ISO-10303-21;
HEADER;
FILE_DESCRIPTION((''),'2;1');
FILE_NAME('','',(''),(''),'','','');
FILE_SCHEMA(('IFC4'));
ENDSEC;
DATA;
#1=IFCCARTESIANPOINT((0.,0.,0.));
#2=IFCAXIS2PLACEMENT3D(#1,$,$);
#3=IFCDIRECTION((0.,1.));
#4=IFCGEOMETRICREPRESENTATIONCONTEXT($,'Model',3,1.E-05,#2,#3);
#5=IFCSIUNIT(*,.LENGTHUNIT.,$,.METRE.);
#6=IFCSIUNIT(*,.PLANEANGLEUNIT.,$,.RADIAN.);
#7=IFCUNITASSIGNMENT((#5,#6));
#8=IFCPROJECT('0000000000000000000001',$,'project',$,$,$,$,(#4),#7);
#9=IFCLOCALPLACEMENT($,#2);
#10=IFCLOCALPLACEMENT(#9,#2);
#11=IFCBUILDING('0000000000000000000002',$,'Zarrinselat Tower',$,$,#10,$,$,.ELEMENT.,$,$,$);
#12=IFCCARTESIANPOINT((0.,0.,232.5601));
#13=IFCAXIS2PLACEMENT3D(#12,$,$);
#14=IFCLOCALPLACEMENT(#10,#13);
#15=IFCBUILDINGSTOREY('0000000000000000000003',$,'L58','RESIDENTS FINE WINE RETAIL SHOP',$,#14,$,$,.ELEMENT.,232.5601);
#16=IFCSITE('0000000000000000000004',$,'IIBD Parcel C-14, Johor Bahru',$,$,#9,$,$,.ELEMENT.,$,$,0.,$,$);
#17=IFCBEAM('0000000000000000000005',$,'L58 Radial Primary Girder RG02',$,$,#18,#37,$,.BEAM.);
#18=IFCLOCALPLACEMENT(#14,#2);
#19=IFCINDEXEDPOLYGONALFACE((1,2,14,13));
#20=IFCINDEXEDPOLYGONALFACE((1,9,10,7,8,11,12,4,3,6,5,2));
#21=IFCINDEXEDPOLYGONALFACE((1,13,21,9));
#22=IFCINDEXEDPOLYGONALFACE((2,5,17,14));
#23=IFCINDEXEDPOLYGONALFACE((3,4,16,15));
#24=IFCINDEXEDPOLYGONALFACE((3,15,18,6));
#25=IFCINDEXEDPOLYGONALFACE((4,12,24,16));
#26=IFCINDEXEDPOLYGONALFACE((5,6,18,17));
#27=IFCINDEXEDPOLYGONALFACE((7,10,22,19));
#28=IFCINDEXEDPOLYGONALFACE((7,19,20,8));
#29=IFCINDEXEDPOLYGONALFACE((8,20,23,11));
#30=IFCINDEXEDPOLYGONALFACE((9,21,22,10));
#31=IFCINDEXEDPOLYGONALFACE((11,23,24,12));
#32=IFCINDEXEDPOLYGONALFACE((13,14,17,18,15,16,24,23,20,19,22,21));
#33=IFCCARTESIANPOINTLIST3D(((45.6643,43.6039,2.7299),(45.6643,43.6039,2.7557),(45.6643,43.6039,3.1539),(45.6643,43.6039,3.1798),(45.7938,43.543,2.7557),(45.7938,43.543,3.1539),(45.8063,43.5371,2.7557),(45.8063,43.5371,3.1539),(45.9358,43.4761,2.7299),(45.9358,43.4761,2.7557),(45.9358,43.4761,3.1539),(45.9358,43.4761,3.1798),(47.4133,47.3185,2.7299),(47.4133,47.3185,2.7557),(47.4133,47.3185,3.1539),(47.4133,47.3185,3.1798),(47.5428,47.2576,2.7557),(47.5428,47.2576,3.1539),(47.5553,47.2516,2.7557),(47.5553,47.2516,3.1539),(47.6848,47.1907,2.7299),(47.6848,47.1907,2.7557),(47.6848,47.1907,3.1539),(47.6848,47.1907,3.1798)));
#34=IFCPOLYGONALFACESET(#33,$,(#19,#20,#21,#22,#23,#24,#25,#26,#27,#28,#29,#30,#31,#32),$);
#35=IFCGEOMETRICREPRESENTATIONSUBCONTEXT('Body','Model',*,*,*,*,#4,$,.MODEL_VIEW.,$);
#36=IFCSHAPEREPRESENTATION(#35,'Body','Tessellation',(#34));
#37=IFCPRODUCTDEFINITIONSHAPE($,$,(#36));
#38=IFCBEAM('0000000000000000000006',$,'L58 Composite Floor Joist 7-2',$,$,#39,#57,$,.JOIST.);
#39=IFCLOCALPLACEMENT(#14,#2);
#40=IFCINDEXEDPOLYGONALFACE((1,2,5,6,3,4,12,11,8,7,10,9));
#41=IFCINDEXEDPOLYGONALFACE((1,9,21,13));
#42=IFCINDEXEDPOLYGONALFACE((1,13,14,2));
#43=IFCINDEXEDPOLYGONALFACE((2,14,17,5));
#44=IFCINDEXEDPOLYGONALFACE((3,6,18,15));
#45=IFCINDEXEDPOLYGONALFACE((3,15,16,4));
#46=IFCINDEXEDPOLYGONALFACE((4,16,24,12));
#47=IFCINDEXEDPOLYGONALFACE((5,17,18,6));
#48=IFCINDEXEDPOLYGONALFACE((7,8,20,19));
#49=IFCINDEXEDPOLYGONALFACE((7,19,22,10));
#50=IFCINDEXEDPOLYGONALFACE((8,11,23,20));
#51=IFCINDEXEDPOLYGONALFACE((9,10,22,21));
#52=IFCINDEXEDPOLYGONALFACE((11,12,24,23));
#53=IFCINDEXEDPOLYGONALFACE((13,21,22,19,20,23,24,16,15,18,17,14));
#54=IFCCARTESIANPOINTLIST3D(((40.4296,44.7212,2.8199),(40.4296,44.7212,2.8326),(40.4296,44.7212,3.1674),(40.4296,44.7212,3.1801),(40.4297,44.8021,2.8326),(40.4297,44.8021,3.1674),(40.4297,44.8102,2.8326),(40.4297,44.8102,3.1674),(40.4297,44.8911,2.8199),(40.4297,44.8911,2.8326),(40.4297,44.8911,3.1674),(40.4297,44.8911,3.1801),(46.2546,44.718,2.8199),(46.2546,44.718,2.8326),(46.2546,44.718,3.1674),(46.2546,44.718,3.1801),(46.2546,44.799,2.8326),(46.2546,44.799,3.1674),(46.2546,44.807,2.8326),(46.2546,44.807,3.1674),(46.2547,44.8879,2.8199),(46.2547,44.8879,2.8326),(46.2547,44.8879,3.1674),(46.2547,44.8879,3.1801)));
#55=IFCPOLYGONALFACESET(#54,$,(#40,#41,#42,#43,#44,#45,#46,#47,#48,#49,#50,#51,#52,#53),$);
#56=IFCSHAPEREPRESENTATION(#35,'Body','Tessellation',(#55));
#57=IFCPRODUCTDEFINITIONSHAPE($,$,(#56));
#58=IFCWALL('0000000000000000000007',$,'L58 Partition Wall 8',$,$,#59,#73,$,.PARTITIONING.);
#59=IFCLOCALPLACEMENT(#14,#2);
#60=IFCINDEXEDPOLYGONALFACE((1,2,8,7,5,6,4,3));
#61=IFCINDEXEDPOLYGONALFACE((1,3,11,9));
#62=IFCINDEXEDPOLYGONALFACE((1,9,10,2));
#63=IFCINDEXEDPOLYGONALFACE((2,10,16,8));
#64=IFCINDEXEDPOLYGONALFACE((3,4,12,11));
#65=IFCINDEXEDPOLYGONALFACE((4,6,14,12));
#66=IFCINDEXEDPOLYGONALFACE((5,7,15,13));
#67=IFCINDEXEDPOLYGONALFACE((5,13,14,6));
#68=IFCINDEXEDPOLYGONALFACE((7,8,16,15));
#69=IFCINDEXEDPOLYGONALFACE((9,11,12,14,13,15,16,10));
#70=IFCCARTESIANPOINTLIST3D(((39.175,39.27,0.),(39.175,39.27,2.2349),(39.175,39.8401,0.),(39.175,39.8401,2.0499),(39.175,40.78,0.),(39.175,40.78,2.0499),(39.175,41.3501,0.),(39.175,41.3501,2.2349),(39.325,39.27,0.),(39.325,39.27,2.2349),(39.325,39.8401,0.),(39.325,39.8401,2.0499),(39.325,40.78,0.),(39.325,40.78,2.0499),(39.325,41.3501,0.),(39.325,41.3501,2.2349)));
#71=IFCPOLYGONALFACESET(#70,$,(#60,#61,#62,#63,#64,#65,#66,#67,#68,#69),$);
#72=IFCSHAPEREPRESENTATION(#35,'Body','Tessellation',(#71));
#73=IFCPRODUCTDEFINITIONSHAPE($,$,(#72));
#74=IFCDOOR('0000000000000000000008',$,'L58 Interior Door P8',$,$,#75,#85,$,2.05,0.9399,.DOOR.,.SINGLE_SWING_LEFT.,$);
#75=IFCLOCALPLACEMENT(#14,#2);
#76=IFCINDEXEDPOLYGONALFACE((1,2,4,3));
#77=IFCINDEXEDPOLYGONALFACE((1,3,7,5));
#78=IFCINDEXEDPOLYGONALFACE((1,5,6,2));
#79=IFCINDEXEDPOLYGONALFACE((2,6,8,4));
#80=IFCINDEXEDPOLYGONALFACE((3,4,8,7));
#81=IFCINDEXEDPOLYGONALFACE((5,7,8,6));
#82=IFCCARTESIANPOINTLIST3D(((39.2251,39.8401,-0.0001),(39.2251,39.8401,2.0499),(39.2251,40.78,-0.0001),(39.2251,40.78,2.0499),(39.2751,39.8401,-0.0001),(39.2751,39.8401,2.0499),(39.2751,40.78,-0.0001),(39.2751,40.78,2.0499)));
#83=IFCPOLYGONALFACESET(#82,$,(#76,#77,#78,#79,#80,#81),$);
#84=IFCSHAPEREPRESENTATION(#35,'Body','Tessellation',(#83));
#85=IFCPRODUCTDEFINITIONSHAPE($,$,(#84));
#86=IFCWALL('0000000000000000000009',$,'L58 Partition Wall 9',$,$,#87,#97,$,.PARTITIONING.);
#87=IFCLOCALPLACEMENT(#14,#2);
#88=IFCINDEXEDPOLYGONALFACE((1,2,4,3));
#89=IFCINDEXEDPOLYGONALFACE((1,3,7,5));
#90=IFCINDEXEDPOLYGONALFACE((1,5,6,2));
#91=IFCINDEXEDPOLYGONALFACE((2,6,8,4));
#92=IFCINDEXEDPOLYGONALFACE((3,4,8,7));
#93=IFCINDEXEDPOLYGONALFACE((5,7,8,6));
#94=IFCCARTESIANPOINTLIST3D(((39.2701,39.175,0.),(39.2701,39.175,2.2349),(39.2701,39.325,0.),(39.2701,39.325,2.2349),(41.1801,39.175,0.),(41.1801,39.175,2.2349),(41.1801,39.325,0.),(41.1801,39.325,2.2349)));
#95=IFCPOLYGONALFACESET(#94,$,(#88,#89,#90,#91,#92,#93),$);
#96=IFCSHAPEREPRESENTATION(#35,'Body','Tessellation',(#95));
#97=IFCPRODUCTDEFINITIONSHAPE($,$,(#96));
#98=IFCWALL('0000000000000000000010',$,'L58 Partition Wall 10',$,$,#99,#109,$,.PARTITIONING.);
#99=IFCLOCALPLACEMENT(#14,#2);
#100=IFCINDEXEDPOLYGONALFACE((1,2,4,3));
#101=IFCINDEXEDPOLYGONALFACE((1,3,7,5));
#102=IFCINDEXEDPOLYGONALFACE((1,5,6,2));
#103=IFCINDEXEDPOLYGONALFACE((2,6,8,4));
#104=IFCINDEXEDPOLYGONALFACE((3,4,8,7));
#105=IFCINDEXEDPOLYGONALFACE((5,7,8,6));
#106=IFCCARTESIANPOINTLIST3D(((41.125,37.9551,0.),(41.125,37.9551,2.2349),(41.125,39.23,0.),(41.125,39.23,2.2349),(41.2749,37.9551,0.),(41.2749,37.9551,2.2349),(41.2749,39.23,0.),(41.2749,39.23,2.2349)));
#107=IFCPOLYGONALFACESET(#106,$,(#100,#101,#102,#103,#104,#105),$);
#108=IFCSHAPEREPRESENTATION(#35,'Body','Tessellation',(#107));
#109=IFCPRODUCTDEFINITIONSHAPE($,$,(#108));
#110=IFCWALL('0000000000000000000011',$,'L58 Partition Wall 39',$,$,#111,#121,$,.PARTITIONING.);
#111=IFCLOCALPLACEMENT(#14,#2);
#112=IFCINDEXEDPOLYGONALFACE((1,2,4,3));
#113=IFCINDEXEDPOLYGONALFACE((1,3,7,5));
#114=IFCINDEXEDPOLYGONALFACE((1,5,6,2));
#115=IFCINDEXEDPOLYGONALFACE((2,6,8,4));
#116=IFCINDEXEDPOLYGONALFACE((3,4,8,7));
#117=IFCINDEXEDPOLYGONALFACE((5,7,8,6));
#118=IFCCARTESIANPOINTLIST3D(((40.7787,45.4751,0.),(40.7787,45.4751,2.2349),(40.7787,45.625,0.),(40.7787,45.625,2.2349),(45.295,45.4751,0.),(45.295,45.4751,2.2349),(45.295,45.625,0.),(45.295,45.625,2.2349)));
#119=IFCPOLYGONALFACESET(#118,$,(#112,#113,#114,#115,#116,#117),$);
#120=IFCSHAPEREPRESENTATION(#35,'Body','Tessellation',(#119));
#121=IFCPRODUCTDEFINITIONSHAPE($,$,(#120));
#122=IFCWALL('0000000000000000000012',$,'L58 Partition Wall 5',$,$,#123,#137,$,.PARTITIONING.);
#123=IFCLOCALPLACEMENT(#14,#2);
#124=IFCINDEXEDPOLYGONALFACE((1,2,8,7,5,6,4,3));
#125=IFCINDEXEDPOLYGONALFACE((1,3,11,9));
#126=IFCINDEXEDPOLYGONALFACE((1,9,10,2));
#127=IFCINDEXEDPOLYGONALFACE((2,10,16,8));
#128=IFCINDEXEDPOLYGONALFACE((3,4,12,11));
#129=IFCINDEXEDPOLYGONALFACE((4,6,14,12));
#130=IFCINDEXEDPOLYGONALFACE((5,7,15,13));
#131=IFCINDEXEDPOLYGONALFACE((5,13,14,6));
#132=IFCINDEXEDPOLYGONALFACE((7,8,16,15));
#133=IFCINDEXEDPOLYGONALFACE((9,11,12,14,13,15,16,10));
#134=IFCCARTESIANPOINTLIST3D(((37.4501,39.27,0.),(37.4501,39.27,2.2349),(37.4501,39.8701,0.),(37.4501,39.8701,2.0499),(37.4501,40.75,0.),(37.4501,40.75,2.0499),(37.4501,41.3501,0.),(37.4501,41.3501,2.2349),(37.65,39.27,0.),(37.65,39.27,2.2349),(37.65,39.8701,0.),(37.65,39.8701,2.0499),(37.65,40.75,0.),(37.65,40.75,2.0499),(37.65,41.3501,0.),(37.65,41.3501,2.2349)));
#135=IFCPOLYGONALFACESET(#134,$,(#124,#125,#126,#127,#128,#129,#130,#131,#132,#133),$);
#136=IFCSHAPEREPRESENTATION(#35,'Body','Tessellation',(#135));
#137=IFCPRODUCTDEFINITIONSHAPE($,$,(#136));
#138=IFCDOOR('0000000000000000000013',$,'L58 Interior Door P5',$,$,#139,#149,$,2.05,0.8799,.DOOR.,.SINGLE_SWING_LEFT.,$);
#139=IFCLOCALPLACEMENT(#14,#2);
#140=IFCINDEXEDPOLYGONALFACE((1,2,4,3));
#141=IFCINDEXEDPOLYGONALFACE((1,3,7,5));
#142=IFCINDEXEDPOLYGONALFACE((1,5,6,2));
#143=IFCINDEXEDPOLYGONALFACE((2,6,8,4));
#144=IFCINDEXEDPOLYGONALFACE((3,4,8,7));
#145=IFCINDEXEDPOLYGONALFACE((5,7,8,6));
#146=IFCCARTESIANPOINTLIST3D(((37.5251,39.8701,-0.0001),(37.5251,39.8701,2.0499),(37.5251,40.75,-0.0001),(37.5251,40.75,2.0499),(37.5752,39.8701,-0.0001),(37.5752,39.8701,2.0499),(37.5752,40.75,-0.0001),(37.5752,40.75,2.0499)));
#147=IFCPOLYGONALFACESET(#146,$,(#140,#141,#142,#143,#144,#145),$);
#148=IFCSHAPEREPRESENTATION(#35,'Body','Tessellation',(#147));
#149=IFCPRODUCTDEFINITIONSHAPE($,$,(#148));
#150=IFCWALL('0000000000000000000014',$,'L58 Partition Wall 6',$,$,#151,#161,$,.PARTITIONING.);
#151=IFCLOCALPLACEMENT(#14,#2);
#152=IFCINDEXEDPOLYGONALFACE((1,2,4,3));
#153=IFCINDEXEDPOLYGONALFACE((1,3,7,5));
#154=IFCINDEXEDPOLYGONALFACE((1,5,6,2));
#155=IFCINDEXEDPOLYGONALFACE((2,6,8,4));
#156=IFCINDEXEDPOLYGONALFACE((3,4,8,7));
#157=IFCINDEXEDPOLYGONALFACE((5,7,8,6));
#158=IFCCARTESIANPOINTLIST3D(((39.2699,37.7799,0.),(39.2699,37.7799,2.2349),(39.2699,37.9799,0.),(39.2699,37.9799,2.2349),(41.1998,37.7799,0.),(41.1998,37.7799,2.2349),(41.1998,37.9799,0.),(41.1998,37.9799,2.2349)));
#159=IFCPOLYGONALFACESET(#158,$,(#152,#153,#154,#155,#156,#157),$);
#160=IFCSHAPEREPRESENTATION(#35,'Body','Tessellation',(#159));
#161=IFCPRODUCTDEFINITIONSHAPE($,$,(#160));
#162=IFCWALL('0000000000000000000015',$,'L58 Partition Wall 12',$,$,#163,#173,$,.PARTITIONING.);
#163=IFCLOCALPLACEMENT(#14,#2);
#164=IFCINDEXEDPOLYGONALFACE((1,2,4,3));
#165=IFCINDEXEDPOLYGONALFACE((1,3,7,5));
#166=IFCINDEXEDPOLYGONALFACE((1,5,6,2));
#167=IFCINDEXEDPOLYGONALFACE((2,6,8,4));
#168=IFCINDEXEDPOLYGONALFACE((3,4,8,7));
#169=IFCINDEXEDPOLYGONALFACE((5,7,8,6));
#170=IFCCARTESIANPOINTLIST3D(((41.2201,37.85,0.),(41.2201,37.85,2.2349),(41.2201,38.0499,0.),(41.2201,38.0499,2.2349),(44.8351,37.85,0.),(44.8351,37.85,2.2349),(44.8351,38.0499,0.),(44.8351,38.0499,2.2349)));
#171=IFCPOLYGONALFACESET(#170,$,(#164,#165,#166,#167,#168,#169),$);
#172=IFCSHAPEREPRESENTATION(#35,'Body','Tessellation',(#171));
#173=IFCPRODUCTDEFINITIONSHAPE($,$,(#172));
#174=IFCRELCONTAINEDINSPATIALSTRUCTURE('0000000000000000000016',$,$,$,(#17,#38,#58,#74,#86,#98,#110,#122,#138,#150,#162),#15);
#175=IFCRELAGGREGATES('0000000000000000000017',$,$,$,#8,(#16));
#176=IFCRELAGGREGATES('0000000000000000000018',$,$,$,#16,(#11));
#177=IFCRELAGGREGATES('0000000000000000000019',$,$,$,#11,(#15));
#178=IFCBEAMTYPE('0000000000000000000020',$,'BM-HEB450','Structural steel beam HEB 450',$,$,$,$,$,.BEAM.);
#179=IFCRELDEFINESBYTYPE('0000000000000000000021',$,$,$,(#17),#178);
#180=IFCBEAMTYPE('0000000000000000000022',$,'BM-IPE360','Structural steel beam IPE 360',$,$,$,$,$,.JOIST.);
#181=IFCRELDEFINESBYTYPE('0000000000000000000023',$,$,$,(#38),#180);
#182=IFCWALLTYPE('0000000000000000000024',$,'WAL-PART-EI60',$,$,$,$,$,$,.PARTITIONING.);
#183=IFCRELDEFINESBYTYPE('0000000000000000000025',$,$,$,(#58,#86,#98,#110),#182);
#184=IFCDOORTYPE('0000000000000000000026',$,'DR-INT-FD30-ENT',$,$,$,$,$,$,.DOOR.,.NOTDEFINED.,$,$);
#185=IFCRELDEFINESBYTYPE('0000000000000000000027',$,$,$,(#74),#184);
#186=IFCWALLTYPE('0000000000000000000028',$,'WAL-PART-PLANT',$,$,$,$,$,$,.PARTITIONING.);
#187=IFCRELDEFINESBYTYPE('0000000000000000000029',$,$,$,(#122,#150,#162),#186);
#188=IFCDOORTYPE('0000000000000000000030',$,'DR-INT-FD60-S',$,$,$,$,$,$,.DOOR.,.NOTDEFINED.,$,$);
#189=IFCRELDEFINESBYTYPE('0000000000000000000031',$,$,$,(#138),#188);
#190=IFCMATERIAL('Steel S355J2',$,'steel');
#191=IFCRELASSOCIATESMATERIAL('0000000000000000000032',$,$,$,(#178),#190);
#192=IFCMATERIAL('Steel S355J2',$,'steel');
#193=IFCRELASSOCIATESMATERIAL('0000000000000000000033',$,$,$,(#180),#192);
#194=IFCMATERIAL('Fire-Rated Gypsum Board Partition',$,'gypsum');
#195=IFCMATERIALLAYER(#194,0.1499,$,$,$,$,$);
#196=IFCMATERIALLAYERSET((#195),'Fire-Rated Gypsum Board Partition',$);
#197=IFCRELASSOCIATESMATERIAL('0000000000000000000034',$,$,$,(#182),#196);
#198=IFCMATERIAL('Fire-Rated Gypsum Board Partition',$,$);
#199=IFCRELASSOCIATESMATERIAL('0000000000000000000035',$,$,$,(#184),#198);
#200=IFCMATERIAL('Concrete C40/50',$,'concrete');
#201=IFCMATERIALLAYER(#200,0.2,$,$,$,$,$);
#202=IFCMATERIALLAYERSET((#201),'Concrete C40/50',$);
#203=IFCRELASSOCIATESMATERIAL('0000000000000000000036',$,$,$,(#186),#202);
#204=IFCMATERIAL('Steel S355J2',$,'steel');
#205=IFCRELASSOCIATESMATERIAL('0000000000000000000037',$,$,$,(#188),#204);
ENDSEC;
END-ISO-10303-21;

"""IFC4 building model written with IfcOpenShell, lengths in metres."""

from ifc_helpers import new_model, si_unit, direction, frame, frame_2d, origin, origin_2d, place, context, subcontext, project, spatial, rectangle, i_section, extrude, material, layer, layer_set, material_profile, profile_set, type_object, element, fill, save


model = new_model("IFC4")

# Units and contexts
model_context = context("Model", 3, precision=1e-05, world=origin(), true_north=direction((0.0, 1.0)))
body_context = subcontext(model_context, "Body", "Model", "MODEL_VIEW")
ifc_project = project(units=[si_unit("LENGTHUNIT", "METRE"), si_unit("PLANEANGLEUNIT", "RADIAN")], contexts=[model_context])

# Site, building, storey
site_placement = place(None, origin())
site = spatial("IfcSite", under=ifc_project, at=site_placement, Name="IIBD Parcel C-14, Johor Bahru", CompositionType="ELEMENT", RefElevation=0.0)
building_placement = place(site_placement, origin())
building = spatial("IfcBuilding", under=site, at=building_placement, Name="Zarrinselat Tower", CompositionType="ELEMENT")
storey_placement = place(building_placement, frame((0.0, 0.0, 232.5601)))
storey = spatial("IfcBuildingStorey", under=building, at=storey_placement, Name="L58", Description="RESIDENTS FINE WINE RETAIL SHOP", CompositionType="ELEMENT", Elevation=232.5601)

# Beams
ifc_material_1 = material(Name="Steel S355J2", Category="steel")
ifc_material_profile_1 = material_profile(ifc_material_1, i_section(OverallWidth=0.3, OverallDepth=0.45, WebThickness=0.0139, FlangeThickness=0.0259, at=origin_2d()), Name="HEB 450")
ifc_profile_set_1 = profile_set([ifc_material_profile_1], Name="Steel S355J2")
beam_type_1 = type_object("IfcBeamType", Name="BM-HEB450", Description="Structural steel beam HEB 450", PredefinedType="BEAM", material=ifc_profile_set_1)
beam_1_placement = place(storey_placement, frame((45.8, 43.54, 2.9548), z_axis=(0.425992, 0.904727, 0.0), x_axis=(-0.904727, 0.425992, 0.0)))
element("IfcBeam", 1, at=beam_1_placement, inside=storey, type_object=beam_type_1, Name="L58 Radial Primary Girder RG02", PredefinedType="BEAM", context=body_context, shape_type="SweptSolid", body=[
    extrude(i_section(OverallWidth=0.3, OverallDepth=0.45, WebThickness=0.0139, FlangeThickness=0.0259, at=origin_2d()), origin(), (0.0, 0.0, 1.0), 4.1057),
])
ifc_material_2 = material(Name="Steel S355J2", Category="steel")
ifc_material_profile_2 = material_profile(ifc_material_2, i_section(OverallWidth=0.1699, OverallDepth=0.3601, WebThickness=0.0081, FlangeThickness=0.0127, at=origin_2d()), Name="IPE 360")
ifc_profile_set_2 = profile_set([ifc_material_profile_2], Name="Steel S355J2")
beam_type_2 = type_object("IfcBeamType", Name="BM-IPE360", Description="Structural steel beam IPE 360", PredefinedType="JOIST", material=ifc_profile_set_2)
beam_2_placement = place(storey_placement, frame((40.4297, 44.8062, 3.0), z_axis=(1.0, -0.000545, 0.0), x_axis=(0.000545, 1.0, 0.0)))
element("IfcBeam", 2, at=beam_2_placement, inside=storey, type_object=beam_type_2, Name="L58 Composite Floor Joist 7-2", PredefinedType="JOIST", context=body_context, shape_type="SweptSolid", body=[
    extrude(i_section(OverallWidth=0.1699, OverallDepth=0.3601, WebThickness=0.0081, FlangeThickness=0.0127, at=origin_2d()), origin(), (0.0, 0.0, 1.0), 5.825),
])

# Wall, opening, door
ifc_material_3 = material(Name="Fire-Rated Gypsum Board Partition", Category="gypsum")
ifc_layer_1 = layer(ifc_material_3, 0.1499)
ifc_layer_set_1 = layer_set([ifc_layer_1], Name="Fire-Rated Gypsum Board Partition")
wall_type_1 = type_object("IfcWallType", Name="WAL-PART-EI60", PredefinedType="PARTITIONING", material=ifc_layer_set_1)
wall_1_placement = place(storey_placement, frame((39.25, 39.27, 0.0), z_axis=(0.0, 0.0, 1.0), x_axis=(0.0, 1.0, 0.0)))
wall_1 = element("IfcWall", 3, at=wall_1_placement, inside=storey, type_object=wall_type_1, Name="L58 Partition Wall 8", PredefinedType="PARTITIONING", context=body_context, shape_type="SweptSolid", body=[
    extrude(rectangle(XDim=2.0801, YDim=0.1499, at=frame_2d((1.04, 0.0))), origin(), (0.0, 0.0, 1.0), 2.2349),
])
opening_1_placement = place(wall_1_placement, frame((0.5701, 0.0, 0.0)))
opening_1 = element("IfcOpeningElement", 4, at=opening_1_placement, cuts=wall_1, PredefinedType="OPENING", context=body_context, shape_type="SweptSolid", body=[
    extrude(rectangle(XDim=0.9399, YDim=2.05, at=frame_2d((0.47, 1.0249))), frame((0.0, 0.085, 0.0), z_axis=(0.0, -1.0, 0.0), x_axis=(1.0, 0.0, 0.0)), (0.0, 0.0, 1.0), 0.1699),
])
ifc_material_4 = material(Name="Fire-Rated Gypsum Board Partition")
door_type_1 = type_object("IfcDoorType", Name="DR-INT-FD30-ENT", OperationType="NOTDEFINED", PredefinedType="DOOR", material=ifc_material_4)
door_1_placement = place(opening_1_placement, origin())
door_1 = element("IfcDoor", 5, at=door_1_placement, inside=storey, type_object=door_type_1, Name="L58 Interior Door P8", OperationType="SINGLE_SWING_LEFT", OverallHeight=2.05, OverallWidth=0.9399, PredefinedType="DOOR", context=body_context, shape_type="SweptSolid", body=[
    extrude(rectangle(XDim=0.9399, YDim=2.05, at=frame_2d((0.47, 1.0249))), frame((0.0, 0.0249, 0.0), z_axis=(0.0, -1.0, 0.0), x_axis=(1.0, 0.0, 0.0)), (0.0, 0.0, 1.0), 0.05),
])
fill(opening_1, door_1)

# Walls
wall_2_placement = place(storey_placement, frame((39.27, 39.25, 0.0), z_axis=(0.0, 0.0, 1.0), x_axis=(1.0, 0.0, 0.0)))
element("IfcWall", 6, at=wall_2_placement, inside=storey, type_object=wall_type_1, Name="L58 Partition Wall 9", PredefinedType="PARTITIONING", context=body_context, shape_type="SweptSolid", body=[
    extrude(rectangle(XDim=1.9099, YDim=0.1499, at=frame_2d((0.9551, 0.0))), origin(), (0.0, 0.0, 1.0), 2.2349),
])
wall_3_placement = place(storey_placement, frame((41.2, 37.9551, 0.0), z_axis=(0.0, 0.0, 1.0), x_axis=(0.0, 1.0, 0.0)))
element("IfcWall", 7, at=wall_3_placement, inside=storey, type_object=wall_type_1, Name="L58 Partition Wall 10", PredefinedType="PARTITIONING", context=body_context, shape_type="SweptSolid", body=[
    extrude(rectangle(XDim=1.2749, YDim=0.1499, at=frame_2d((0.6375, 0.0))), origin(), (0.0, 0.0, 1.0), 2.2349),
])
wall_4_placement = place(storey_placement, frame((40.7786, 45.55, 0.0), z_axis=(0.0, 0.0, 1.0), x_axis=(1.0, 0.0, 0.0)))
element("IfcWall", 8, at=wall_4_placement, inside=storey, type_object=wall_type_1, Name="L58 Partition Wall 39", PredefinedType="PARTITIONING", context=body_context, shape_type="SweptSolid", body=[
    extrude(rectangle(XDim=4.5164, YDim=0.1499, at=frame_2d((2.2583, 0.0))), origin(), (0.0, 0.0, 1.0), 2.2349),
])

# Wall, opening, door
ifc_material_5 = material(Name="Concrete C40/50", Category="concrete")
ifc_layer_2 = layer(ifc_material_5, 0.2)
ifc_layer_set_2 = layer_set([ifc_layer_2], Name="Concrete C40/50")
wall_type_2 = type_object("IfcWallType", Name="WAL-PART-PLANT", PredefinedType="PARTITIONING", material=ifc_layer_set_2)
wall_5_placement = place(storey_placement, frame((37.55, 39.27, 0.0), z_axis=(0.0, 0.0, 1.0), x_axis=(0.0, 1.0, 0.0)))
wall_5 = element("IfcWall", 9, at=wall_5_placement, inside=storey, type_object=wall_type_2, Name="L58 Partition Wall 5", PredefinedType="PARTITIONING", context=body_context, shape_type="SweptSolid", body=[
    extrude(rectangle(XDim=2.0801, YDim=0.2, at=frame_2d((1.04, 0.0))), origin(), (0.0, 0.0, 1.0), 2.2349),
])
opening_2_placement = place(wall_5_placement, frame((0.6001, 0.0, 0.0)))
opening_2 = element("IfcOpeningElement", 10, at=opening_2_placement, cuts=wall_5, PredefinedType="OPENING", context=body_context, shape_type="SweptSolid", body=[
    extrude(rectangle(XDim=0.8799, YDim=2.05, at=frame_2d((0.4399, 1.0249))), frame((0.0, 0.1099, 0.0), z_axis=(0.0, -1.0, 0.0), x_axis=(1.0, 0.0, 0.0)), (0.0, 0.0, 1.0), 0.22),
])
ifc_material_6 = material(Name="Steel S355J2", Category="steel")
door_type_2 = type_object("IfcDoorType", Name="DR-INT-FD60-S", OperationType="NOTDEFINED", PredefinedType="DOOR", material=ifc_material_6)
door_2_placement = place(opening_2_placement, origin())
door_2 = element("IfcDoor", 11, at=door_2_placement, inside=storey, type_object=door_type_2, Name="L58 Interior Door P5", OperationType="SINGLE_SWING_LEFT", OverallHeight=2.05, OverallWidth=0.8799, PredefinedType="DOOR", context=body_context, shape_type="SweptSolid", body=[
    extrude(rectangle(XDim=0.8799, YDim=2.05, at=frame_2d((0.4399, 1.0249))), frame((0.0, 0.0249, 0.0), z_axis=(0.0, -1.0, 0.0), x_axis=(1.0, 0.0, 0.0)), (0.0, 0.0, 1.0), 0.05),
])
fill(opening_2, door_2)

# Walls
wall_6_placement = place(storey_placement, frame((39.27, 37.8799, 0.0), z_axis=(0.0, 0.0, 1.0), x_axis=(1.0, 0.0, 0.0)))
element("IfcWall", 12, at=wall_6_placement, inside=storey, type_object=wall_type_2, Name="L58 Partition Wall 6", PredefinedType="PARTITIONING", context=body_context, shape_type="SweptSolid", body=[
    extrude(rectangle(XDim=1.9299, YDim=0.2, at=frame_2d((0.9648, 0.0))), origin(), (0.0, 0.0, 1.0), 2.2349),
])
wall_7_placement = place(storey_placement, frame((41.22, 37.95, 0.0), z_axis=(0.0, 0.0, 1.0), x_axis=(1.0, 0.0, 0.0)))
element("IfcWall", 13, at=wall_7_placement, inside=storey, type_object=wall_type_2, Name="L58 Partition Wall 12", PredefinedType="PARTITIONING", context=body_context, shape_type="SweptSolid", body=[
    extrude(rectangle(XDim=3.615, YDim=0.2, at=frame_2d((1.8076, 0.0))), origin(), (0.0, 0.0, 1.0), 2.2349),
])

save(model, "model.ifc")
